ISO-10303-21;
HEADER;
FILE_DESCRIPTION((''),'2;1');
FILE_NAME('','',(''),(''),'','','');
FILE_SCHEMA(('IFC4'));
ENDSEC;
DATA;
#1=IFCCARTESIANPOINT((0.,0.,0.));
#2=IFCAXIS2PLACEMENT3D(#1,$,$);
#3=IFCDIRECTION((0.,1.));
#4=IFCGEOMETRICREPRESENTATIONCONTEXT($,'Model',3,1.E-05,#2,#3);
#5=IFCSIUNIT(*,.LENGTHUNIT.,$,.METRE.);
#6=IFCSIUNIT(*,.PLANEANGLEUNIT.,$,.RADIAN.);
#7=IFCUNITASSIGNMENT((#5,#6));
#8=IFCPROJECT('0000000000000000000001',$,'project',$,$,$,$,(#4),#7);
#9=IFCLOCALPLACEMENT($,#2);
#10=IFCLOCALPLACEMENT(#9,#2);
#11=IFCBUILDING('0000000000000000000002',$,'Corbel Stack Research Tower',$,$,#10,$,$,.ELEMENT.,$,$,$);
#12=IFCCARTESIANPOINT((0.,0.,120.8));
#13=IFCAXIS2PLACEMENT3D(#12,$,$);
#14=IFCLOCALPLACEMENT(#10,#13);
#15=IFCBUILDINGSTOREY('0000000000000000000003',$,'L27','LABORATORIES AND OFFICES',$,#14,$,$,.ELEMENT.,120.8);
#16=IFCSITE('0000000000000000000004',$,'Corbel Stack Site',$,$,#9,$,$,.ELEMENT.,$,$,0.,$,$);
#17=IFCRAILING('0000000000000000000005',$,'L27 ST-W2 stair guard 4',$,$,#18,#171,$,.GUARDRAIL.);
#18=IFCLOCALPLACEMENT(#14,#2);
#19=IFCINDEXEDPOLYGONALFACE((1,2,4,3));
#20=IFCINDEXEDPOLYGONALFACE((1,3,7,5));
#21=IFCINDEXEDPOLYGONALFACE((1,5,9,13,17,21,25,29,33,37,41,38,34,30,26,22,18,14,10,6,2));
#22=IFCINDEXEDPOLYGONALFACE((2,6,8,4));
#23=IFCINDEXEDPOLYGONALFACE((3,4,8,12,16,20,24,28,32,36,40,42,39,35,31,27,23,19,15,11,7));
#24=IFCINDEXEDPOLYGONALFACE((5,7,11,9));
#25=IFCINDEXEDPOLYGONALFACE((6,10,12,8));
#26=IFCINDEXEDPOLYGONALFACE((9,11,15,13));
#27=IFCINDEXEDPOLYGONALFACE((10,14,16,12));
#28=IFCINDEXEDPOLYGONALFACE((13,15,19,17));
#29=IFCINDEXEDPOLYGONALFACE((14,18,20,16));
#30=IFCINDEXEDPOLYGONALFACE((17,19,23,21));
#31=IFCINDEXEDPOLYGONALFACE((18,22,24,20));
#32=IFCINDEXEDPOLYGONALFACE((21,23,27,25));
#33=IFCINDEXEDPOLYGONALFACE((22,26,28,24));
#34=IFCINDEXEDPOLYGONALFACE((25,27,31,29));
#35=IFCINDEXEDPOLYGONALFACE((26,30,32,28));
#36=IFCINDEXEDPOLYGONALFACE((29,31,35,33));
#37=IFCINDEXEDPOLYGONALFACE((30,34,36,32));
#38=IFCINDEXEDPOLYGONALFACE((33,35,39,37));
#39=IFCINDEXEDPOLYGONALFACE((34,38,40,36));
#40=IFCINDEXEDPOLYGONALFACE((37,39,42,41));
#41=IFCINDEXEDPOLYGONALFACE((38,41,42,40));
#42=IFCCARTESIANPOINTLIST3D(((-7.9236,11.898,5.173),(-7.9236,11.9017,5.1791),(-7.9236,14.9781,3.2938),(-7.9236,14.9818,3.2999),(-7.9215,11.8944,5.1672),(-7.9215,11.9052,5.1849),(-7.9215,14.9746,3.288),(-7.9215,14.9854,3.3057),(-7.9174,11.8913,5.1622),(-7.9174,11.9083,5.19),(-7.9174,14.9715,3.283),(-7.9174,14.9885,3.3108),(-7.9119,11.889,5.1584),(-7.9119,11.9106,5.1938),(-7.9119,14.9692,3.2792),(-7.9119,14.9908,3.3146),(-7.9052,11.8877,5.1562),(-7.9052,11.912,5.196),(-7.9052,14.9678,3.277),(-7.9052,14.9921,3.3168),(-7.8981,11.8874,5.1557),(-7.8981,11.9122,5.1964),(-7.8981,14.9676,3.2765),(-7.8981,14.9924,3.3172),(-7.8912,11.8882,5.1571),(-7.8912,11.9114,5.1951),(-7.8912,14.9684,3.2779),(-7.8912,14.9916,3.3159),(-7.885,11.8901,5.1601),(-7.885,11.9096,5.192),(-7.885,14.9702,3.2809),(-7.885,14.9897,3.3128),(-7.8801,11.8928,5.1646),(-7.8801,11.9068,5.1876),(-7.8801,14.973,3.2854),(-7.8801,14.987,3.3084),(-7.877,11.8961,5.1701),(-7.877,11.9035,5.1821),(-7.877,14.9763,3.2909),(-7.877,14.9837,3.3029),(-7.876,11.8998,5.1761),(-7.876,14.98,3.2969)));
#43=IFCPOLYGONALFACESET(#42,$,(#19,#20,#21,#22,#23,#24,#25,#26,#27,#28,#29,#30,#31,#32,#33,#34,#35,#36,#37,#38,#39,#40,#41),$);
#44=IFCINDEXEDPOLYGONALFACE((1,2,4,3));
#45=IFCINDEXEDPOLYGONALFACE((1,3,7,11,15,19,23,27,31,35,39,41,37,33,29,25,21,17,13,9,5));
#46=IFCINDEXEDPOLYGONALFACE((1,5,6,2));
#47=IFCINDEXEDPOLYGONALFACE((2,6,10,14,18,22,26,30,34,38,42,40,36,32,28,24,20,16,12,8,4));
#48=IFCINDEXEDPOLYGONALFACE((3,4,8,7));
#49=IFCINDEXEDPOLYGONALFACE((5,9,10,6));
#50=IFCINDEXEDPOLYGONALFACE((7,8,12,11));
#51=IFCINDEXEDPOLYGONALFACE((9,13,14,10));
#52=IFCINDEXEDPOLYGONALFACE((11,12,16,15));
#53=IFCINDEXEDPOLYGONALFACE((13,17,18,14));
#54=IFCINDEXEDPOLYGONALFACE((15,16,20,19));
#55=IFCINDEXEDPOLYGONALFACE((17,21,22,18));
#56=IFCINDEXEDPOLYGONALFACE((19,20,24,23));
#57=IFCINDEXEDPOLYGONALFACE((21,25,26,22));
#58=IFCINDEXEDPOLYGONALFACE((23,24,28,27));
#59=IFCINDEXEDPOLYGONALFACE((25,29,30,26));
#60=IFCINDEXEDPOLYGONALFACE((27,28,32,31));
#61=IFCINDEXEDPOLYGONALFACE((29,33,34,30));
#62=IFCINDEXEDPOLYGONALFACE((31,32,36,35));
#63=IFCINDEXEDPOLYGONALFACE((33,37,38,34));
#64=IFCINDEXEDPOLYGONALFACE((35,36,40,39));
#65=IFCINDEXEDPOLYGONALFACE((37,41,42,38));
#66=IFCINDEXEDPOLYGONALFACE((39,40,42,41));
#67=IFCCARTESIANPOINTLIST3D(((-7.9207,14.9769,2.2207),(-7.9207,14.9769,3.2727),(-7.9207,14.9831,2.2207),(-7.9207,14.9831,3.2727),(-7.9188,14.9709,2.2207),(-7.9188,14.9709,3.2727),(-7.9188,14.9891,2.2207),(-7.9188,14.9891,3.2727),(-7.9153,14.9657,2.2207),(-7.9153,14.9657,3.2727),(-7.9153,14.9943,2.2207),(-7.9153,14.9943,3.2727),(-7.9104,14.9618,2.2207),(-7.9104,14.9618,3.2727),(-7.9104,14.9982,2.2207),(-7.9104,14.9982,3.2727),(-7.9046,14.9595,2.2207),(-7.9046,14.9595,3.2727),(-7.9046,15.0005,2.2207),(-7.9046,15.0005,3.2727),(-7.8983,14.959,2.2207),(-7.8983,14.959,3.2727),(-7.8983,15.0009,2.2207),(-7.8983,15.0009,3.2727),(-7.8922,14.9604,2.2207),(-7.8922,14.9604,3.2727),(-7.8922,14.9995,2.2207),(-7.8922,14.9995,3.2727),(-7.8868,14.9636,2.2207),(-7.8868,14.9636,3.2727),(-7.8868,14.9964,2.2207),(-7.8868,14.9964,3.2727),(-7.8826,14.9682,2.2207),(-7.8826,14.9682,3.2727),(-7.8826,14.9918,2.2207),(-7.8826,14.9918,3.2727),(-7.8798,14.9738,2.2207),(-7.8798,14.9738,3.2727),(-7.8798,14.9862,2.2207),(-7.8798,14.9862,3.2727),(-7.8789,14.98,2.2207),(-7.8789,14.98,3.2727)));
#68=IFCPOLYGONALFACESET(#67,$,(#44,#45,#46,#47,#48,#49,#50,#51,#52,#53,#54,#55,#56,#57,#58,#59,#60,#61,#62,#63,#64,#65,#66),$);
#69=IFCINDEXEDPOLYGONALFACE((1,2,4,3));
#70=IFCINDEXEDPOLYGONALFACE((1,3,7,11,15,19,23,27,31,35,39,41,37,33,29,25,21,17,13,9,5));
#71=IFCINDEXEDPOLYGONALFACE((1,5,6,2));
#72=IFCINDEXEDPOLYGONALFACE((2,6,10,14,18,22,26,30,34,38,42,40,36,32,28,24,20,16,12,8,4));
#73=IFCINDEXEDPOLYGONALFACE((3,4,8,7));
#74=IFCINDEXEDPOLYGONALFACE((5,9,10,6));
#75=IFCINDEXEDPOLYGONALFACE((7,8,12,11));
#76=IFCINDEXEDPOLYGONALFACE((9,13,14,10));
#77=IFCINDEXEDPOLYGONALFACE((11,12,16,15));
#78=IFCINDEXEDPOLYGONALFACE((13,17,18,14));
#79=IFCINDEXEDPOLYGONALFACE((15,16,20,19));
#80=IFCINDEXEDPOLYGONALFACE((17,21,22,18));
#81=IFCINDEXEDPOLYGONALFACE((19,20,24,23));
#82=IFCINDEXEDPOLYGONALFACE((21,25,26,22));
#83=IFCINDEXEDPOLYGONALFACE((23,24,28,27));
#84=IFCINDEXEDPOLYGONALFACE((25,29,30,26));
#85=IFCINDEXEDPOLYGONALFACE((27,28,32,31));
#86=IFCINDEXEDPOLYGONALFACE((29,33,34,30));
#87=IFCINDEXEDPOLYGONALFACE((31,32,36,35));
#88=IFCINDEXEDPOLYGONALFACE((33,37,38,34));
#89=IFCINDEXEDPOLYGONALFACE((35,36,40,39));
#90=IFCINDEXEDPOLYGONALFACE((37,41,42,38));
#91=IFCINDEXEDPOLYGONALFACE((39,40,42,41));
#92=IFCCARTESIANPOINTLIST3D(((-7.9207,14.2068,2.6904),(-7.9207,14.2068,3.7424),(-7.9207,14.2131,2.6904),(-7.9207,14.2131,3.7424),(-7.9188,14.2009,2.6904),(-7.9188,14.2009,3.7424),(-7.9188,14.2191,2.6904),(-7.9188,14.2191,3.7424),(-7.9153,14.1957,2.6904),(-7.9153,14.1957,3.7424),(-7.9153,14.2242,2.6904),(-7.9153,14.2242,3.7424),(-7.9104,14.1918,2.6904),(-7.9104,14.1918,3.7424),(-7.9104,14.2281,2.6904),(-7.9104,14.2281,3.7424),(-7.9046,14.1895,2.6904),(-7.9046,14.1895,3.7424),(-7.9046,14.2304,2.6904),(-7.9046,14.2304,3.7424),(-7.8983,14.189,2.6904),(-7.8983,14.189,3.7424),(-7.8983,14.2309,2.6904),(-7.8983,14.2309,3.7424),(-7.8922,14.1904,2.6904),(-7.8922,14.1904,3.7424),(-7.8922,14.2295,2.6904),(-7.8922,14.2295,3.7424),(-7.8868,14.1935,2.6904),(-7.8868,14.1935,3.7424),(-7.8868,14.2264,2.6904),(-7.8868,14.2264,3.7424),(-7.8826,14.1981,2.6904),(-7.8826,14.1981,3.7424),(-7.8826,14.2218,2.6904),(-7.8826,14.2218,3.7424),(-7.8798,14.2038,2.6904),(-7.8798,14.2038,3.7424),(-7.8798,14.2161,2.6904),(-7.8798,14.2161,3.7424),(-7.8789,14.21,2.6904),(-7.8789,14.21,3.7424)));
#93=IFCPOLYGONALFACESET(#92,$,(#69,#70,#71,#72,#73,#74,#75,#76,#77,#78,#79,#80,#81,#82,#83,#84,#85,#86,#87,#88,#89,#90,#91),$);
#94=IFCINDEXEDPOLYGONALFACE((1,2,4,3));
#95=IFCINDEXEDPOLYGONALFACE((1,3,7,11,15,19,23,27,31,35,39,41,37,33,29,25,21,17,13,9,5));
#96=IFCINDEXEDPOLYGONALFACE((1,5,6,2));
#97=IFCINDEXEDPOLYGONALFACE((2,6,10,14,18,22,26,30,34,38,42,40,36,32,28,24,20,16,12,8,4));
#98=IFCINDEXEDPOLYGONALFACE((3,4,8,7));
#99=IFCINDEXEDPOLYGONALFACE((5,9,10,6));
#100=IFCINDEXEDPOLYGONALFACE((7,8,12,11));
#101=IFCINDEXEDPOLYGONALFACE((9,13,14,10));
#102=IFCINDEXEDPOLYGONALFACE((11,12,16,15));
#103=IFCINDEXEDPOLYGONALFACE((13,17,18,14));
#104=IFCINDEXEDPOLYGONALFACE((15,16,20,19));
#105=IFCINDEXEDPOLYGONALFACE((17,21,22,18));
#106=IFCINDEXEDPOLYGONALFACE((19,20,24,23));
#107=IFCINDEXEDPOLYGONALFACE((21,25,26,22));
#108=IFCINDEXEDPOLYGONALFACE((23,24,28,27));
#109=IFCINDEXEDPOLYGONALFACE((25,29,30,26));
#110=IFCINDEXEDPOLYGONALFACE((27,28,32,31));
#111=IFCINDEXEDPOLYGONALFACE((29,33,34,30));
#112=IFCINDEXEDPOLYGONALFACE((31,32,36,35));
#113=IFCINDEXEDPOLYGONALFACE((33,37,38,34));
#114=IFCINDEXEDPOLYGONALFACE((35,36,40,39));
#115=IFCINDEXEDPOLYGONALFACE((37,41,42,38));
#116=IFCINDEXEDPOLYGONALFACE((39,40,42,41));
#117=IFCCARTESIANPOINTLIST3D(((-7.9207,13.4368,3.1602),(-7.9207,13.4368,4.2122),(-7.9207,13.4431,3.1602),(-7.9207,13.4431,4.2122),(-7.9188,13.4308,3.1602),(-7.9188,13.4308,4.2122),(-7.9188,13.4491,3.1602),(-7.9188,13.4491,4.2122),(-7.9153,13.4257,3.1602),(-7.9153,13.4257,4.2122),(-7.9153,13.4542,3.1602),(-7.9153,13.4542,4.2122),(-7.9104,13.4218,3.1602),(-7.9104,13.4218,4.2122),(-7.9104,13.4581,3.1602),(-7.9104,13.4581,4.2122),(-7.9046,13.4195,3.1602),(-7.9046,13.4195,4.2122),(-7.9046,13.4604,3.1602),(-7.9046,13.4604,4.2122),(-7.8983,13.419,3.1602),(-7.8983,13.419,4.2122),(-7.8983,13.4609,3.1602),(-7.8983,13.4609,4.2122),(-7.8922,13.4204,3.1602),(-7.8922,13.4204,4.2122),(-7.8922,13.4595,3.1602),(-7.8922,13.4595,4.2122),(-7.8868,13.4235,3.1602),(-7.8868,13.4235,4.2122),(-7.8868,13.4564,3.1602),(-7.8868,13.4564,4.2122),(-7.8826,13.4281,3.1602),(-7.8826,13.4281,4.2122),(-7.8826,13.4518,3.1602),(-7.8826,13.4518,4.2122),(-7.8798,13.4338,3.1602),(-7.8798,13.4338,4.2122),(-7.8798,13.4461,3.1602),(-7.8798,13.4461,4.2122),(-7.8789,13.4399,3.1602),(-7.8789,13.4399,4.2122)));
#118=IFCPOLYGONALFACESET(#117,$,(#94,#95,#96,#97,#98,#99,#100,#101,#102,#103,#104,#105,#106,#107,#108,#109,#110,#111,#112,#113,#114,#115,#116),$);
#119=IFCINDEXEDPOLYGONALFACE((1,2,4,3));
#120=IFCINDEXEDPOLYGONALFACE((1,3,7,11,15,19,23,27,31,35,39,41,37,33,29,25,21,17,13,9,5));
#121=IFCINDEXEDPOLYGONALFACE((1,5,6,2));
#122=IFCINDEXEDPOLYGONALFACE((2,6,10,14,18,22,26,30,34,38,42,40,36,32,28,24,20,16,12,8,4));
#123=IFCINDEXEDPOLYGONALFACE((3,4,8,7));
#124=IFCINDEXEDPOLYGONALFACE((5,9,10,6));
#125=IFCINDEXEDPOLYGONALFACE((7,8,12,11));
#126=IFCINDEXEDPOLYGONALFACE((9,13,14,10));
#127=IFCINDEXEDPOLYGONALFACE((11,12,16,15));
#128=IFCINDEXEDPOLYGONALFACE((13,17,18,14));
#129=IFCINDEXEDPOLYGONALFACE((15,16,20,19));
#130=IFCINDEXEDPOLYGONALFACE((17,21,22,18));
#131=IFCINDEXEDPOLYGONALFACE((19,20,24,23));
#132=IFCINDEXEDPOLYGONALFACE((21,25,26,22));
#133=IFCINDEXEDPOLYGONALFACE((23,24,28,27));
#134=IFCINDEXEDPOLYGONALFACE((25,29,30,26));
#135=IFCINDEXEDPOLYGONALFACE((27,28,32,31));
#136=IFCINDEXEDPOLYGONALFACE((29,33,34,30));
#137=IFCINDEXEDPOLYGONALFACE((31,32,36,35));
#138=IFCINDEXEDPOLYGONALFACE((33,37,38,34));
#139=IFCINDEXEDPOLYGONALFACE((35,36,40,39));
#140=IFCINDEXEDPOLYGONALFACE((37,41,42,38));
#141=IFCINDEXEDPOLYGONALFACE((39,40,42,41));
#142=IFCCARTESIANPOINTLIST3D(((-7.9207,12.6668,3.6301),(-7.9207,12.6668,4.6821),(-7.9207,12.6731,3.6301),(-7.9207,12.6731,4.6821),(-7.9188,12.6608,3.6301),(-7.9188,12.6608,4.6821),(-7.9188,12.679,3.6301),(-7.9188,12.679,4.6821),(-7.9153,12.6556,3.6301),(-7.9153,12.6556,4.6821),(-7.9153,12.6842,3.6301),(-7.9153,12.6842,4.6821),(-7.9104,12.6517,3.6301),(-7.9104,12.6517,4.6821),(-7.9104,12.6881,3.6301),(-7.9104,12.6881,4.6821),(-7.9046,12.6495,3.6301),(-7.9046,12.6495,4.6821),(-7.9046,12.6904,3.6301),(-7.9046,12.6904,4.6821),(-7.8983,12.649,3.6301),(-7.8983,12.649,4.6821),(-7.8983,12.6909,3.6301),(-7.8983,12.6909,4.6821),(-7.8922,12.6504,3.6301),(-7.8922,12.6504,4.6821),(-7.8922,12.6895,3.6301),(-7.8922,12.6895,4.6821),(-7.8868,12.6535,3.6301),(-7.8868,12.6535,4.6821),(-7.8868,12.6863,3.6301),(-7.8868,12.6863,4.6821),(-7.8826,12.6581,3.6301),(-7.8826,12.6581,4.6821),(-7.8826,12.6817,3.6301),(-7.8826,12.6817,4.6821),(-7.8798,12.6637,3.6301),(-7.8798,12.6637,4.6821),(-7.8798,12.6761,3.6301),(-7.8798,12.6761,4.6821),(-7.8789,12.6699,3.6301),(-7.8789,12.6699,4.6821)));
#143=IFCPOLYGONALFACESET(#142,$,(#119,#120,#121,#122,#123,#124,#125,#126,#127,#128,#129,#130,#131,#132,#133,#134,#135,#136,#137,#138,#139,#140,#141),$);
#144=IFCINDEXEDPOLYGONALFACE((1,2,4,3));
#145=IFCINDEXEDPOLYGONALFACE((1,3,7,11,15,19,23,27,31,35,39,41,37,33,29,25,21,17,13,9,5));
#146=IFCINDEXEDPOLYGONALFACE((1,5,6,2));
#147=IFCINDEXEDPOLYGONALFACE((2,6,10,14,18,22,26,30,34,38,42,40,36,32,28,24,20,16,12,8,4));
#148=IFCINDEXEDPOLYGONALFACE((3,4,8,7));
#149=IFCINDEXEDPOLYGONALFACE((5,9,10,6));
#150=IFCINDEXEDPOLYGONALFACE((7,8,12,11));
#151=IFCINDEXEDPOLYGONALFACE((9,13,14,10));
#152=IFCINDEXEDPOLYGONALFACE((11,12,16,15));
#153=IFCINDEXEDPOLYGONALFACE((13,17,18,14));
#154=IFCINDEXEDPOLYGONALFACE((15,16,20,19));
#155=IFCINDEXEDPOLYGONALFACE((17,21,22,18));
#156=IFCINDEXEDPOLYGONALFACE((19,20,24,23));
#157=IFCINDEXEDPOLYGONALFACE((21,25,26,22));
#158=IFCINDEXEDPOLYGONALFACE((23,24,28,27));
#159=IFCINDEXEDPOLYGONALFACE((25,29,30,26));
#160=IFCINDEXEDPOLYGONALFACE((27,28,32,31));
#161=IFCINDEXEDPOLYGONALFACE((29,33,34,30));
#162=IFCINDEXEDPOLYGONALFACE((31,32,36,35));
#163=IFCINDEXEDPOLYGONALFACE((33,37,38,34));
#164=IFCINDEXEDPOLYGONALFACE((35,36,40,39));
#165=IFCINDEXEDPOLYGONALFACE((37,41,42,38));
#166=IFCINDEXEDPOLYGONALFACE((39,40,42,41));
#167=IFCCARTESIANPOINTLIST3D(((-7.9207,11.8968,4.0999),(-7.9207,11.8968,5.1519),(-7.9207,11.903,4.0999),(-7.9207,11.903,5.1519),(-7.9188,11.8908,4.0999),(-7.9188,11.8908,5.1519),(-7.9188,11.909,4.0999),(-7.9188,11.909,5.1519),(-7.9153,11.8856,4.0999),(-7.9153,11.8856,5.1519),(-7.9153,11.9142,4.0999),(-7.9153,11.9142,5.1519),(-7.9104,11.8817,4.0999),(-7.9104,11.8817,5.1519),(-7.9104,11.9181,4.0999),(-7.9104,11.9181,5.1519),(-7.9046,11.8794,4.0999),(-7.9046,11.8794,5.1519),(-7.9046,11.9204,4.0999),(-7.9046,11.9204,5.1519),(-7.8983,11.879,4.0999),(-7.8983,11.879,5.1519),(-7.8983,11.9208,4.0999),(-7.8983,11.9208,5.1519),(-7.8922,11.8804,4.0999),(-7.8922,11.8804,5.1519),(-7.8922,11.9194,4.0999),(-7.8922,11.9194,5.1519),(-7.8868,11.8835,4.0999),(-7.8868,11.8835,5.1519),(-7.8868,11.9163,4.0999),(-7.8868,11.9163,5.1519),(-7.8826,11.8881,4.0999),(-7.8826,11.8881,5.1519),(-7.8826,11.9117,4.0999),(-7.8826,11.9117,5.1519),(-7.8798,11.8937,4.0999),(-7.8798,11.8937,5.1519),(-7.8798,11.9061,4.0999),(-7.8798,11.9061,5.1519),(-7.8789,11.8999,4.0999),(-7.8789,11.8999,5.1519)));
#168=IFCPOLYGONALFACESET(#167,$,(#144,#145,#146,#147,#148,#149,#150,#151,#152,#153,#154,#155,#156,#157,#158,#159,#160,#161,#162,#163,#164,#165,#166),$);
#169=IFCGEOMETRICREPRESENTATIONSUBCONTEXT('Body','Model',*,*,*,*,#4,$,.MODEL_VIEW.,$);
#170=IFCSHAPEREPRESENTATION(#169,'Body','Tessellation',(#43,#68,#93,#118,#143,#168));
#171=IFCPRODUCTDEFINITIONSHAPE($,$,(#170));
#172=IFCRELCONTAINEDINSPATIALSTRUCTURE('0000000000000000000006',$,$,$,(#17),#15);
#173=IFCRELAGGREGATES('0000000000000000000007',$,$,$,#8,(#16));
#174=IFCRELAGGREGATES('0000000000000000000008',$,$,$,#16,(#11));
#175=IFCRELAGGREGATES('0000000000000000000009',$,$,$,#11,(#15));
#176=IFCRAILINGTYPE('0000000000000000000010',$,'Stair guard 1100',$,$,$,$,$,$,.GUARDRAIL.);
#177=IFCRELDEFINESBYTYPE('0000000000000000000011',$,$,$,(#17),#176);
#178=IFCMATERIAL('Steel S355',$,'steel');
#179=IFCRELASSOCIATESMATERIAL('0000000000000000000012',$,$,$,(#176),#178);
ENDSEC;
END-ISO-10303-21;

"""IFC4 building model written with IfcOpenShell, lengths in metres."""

from ifc_helpers import new_model, si_unit, direction, frame, origin, origin_2d, place, context, subcontext, project, spatial, circle, extrude, material, type_object, element, save


model = new_model("IFC4")

# Units and contexts
model_context = context("Model", 3, precision=1e-05, world=origin(), true_north=direction((0.0, 1.0)))
body_context = subcontext(model_context, "Body", "Model", "MODEL_VIEW")
ifc_project = project(units=[si_unit("LENGTHUNIT", "METRE"), si_unit("PLANEANGLEUNIT", "RADIAN")], contexts=[model_context])

# Site, building, storey
site_placement = place(None, origin())
site = spatial("IfcSite", under=ifc_project, at=site_placement, Name="Corbel Stack Site", CompositionType="ELEMENT", RefElevation=0.0)
building_placement = place(site_placement, origin())
building = spatial("IfcBuilding", under=site, at=building_placement, Name="Corbel Stack Research Tower", CompositionType="ELEMENT")
storey_placement = place(building_placement, frame((0.0, 0.0, 120.8)))
storey = spatial("IfcBuildingStorey", under=building, at=storey_placement, Name="L27", Description="LABORATORIES AND OFFICES", CompositionType="ELEMENT", Elevation=120.8)

# Railing
ifc_material_1 = material(Name="Steel S355", Category="steel")
railing_type_1 = type_object("IfcRailingType", Name="Stair guard 1100", PredefinedType="GUARDRAIL", material=ifc_material_1)
railing_1_placement = place(storey_placement, frame((-7.8999, 14.98, 2.2207)))
element("IfcRailing", 1, at=railing_1_placement, inside=storey, type_object=railing_type_1, Name="L27 ST-W2 stair guard 4", PredefinedType="GUARDRAIL", context=body_context, shape_type="SweptSolid", body=[
    extrude(circle(Radius=0.0239, at=origin_2d()), frame((0.0, 0.0, 1.0762), z_axis=(0.0, -0.853666, 0.52082), x_axis=(1.0, 0.0, 0.0)), (0.0, 0.0, 1.0), 3.6082),
    extrude(circle(Radius=0.021, at=origin_2d()), origin(), (0.0, 0.0, 1.0), 1.052),
    extrude(circle(Radius=0.021, at=origin_2d()), frame((0.0, -0.77, 0.4697)), (0.0, 0.0, 1.0), 1.052),
    extrude(circle(Radius=0.021, at=origin_2d()), frame((0.0, -1.54, 0.9395)), (0.0, 0.0, 1.0), 1.052),
    extrude(circle(Radius=0.021, at=origin_2d()), frame((0.0, -2.3101, 1.4094)), (0.0, 0.0, 1.0), 1.052),
    extrude(circle(Radius=0.021, at=origin_2d()), frame((0.0, -3.0801, 1.8792)), (0.0, 0.0, 1.0), 1.052),
])

save(model, "model.ifc")
